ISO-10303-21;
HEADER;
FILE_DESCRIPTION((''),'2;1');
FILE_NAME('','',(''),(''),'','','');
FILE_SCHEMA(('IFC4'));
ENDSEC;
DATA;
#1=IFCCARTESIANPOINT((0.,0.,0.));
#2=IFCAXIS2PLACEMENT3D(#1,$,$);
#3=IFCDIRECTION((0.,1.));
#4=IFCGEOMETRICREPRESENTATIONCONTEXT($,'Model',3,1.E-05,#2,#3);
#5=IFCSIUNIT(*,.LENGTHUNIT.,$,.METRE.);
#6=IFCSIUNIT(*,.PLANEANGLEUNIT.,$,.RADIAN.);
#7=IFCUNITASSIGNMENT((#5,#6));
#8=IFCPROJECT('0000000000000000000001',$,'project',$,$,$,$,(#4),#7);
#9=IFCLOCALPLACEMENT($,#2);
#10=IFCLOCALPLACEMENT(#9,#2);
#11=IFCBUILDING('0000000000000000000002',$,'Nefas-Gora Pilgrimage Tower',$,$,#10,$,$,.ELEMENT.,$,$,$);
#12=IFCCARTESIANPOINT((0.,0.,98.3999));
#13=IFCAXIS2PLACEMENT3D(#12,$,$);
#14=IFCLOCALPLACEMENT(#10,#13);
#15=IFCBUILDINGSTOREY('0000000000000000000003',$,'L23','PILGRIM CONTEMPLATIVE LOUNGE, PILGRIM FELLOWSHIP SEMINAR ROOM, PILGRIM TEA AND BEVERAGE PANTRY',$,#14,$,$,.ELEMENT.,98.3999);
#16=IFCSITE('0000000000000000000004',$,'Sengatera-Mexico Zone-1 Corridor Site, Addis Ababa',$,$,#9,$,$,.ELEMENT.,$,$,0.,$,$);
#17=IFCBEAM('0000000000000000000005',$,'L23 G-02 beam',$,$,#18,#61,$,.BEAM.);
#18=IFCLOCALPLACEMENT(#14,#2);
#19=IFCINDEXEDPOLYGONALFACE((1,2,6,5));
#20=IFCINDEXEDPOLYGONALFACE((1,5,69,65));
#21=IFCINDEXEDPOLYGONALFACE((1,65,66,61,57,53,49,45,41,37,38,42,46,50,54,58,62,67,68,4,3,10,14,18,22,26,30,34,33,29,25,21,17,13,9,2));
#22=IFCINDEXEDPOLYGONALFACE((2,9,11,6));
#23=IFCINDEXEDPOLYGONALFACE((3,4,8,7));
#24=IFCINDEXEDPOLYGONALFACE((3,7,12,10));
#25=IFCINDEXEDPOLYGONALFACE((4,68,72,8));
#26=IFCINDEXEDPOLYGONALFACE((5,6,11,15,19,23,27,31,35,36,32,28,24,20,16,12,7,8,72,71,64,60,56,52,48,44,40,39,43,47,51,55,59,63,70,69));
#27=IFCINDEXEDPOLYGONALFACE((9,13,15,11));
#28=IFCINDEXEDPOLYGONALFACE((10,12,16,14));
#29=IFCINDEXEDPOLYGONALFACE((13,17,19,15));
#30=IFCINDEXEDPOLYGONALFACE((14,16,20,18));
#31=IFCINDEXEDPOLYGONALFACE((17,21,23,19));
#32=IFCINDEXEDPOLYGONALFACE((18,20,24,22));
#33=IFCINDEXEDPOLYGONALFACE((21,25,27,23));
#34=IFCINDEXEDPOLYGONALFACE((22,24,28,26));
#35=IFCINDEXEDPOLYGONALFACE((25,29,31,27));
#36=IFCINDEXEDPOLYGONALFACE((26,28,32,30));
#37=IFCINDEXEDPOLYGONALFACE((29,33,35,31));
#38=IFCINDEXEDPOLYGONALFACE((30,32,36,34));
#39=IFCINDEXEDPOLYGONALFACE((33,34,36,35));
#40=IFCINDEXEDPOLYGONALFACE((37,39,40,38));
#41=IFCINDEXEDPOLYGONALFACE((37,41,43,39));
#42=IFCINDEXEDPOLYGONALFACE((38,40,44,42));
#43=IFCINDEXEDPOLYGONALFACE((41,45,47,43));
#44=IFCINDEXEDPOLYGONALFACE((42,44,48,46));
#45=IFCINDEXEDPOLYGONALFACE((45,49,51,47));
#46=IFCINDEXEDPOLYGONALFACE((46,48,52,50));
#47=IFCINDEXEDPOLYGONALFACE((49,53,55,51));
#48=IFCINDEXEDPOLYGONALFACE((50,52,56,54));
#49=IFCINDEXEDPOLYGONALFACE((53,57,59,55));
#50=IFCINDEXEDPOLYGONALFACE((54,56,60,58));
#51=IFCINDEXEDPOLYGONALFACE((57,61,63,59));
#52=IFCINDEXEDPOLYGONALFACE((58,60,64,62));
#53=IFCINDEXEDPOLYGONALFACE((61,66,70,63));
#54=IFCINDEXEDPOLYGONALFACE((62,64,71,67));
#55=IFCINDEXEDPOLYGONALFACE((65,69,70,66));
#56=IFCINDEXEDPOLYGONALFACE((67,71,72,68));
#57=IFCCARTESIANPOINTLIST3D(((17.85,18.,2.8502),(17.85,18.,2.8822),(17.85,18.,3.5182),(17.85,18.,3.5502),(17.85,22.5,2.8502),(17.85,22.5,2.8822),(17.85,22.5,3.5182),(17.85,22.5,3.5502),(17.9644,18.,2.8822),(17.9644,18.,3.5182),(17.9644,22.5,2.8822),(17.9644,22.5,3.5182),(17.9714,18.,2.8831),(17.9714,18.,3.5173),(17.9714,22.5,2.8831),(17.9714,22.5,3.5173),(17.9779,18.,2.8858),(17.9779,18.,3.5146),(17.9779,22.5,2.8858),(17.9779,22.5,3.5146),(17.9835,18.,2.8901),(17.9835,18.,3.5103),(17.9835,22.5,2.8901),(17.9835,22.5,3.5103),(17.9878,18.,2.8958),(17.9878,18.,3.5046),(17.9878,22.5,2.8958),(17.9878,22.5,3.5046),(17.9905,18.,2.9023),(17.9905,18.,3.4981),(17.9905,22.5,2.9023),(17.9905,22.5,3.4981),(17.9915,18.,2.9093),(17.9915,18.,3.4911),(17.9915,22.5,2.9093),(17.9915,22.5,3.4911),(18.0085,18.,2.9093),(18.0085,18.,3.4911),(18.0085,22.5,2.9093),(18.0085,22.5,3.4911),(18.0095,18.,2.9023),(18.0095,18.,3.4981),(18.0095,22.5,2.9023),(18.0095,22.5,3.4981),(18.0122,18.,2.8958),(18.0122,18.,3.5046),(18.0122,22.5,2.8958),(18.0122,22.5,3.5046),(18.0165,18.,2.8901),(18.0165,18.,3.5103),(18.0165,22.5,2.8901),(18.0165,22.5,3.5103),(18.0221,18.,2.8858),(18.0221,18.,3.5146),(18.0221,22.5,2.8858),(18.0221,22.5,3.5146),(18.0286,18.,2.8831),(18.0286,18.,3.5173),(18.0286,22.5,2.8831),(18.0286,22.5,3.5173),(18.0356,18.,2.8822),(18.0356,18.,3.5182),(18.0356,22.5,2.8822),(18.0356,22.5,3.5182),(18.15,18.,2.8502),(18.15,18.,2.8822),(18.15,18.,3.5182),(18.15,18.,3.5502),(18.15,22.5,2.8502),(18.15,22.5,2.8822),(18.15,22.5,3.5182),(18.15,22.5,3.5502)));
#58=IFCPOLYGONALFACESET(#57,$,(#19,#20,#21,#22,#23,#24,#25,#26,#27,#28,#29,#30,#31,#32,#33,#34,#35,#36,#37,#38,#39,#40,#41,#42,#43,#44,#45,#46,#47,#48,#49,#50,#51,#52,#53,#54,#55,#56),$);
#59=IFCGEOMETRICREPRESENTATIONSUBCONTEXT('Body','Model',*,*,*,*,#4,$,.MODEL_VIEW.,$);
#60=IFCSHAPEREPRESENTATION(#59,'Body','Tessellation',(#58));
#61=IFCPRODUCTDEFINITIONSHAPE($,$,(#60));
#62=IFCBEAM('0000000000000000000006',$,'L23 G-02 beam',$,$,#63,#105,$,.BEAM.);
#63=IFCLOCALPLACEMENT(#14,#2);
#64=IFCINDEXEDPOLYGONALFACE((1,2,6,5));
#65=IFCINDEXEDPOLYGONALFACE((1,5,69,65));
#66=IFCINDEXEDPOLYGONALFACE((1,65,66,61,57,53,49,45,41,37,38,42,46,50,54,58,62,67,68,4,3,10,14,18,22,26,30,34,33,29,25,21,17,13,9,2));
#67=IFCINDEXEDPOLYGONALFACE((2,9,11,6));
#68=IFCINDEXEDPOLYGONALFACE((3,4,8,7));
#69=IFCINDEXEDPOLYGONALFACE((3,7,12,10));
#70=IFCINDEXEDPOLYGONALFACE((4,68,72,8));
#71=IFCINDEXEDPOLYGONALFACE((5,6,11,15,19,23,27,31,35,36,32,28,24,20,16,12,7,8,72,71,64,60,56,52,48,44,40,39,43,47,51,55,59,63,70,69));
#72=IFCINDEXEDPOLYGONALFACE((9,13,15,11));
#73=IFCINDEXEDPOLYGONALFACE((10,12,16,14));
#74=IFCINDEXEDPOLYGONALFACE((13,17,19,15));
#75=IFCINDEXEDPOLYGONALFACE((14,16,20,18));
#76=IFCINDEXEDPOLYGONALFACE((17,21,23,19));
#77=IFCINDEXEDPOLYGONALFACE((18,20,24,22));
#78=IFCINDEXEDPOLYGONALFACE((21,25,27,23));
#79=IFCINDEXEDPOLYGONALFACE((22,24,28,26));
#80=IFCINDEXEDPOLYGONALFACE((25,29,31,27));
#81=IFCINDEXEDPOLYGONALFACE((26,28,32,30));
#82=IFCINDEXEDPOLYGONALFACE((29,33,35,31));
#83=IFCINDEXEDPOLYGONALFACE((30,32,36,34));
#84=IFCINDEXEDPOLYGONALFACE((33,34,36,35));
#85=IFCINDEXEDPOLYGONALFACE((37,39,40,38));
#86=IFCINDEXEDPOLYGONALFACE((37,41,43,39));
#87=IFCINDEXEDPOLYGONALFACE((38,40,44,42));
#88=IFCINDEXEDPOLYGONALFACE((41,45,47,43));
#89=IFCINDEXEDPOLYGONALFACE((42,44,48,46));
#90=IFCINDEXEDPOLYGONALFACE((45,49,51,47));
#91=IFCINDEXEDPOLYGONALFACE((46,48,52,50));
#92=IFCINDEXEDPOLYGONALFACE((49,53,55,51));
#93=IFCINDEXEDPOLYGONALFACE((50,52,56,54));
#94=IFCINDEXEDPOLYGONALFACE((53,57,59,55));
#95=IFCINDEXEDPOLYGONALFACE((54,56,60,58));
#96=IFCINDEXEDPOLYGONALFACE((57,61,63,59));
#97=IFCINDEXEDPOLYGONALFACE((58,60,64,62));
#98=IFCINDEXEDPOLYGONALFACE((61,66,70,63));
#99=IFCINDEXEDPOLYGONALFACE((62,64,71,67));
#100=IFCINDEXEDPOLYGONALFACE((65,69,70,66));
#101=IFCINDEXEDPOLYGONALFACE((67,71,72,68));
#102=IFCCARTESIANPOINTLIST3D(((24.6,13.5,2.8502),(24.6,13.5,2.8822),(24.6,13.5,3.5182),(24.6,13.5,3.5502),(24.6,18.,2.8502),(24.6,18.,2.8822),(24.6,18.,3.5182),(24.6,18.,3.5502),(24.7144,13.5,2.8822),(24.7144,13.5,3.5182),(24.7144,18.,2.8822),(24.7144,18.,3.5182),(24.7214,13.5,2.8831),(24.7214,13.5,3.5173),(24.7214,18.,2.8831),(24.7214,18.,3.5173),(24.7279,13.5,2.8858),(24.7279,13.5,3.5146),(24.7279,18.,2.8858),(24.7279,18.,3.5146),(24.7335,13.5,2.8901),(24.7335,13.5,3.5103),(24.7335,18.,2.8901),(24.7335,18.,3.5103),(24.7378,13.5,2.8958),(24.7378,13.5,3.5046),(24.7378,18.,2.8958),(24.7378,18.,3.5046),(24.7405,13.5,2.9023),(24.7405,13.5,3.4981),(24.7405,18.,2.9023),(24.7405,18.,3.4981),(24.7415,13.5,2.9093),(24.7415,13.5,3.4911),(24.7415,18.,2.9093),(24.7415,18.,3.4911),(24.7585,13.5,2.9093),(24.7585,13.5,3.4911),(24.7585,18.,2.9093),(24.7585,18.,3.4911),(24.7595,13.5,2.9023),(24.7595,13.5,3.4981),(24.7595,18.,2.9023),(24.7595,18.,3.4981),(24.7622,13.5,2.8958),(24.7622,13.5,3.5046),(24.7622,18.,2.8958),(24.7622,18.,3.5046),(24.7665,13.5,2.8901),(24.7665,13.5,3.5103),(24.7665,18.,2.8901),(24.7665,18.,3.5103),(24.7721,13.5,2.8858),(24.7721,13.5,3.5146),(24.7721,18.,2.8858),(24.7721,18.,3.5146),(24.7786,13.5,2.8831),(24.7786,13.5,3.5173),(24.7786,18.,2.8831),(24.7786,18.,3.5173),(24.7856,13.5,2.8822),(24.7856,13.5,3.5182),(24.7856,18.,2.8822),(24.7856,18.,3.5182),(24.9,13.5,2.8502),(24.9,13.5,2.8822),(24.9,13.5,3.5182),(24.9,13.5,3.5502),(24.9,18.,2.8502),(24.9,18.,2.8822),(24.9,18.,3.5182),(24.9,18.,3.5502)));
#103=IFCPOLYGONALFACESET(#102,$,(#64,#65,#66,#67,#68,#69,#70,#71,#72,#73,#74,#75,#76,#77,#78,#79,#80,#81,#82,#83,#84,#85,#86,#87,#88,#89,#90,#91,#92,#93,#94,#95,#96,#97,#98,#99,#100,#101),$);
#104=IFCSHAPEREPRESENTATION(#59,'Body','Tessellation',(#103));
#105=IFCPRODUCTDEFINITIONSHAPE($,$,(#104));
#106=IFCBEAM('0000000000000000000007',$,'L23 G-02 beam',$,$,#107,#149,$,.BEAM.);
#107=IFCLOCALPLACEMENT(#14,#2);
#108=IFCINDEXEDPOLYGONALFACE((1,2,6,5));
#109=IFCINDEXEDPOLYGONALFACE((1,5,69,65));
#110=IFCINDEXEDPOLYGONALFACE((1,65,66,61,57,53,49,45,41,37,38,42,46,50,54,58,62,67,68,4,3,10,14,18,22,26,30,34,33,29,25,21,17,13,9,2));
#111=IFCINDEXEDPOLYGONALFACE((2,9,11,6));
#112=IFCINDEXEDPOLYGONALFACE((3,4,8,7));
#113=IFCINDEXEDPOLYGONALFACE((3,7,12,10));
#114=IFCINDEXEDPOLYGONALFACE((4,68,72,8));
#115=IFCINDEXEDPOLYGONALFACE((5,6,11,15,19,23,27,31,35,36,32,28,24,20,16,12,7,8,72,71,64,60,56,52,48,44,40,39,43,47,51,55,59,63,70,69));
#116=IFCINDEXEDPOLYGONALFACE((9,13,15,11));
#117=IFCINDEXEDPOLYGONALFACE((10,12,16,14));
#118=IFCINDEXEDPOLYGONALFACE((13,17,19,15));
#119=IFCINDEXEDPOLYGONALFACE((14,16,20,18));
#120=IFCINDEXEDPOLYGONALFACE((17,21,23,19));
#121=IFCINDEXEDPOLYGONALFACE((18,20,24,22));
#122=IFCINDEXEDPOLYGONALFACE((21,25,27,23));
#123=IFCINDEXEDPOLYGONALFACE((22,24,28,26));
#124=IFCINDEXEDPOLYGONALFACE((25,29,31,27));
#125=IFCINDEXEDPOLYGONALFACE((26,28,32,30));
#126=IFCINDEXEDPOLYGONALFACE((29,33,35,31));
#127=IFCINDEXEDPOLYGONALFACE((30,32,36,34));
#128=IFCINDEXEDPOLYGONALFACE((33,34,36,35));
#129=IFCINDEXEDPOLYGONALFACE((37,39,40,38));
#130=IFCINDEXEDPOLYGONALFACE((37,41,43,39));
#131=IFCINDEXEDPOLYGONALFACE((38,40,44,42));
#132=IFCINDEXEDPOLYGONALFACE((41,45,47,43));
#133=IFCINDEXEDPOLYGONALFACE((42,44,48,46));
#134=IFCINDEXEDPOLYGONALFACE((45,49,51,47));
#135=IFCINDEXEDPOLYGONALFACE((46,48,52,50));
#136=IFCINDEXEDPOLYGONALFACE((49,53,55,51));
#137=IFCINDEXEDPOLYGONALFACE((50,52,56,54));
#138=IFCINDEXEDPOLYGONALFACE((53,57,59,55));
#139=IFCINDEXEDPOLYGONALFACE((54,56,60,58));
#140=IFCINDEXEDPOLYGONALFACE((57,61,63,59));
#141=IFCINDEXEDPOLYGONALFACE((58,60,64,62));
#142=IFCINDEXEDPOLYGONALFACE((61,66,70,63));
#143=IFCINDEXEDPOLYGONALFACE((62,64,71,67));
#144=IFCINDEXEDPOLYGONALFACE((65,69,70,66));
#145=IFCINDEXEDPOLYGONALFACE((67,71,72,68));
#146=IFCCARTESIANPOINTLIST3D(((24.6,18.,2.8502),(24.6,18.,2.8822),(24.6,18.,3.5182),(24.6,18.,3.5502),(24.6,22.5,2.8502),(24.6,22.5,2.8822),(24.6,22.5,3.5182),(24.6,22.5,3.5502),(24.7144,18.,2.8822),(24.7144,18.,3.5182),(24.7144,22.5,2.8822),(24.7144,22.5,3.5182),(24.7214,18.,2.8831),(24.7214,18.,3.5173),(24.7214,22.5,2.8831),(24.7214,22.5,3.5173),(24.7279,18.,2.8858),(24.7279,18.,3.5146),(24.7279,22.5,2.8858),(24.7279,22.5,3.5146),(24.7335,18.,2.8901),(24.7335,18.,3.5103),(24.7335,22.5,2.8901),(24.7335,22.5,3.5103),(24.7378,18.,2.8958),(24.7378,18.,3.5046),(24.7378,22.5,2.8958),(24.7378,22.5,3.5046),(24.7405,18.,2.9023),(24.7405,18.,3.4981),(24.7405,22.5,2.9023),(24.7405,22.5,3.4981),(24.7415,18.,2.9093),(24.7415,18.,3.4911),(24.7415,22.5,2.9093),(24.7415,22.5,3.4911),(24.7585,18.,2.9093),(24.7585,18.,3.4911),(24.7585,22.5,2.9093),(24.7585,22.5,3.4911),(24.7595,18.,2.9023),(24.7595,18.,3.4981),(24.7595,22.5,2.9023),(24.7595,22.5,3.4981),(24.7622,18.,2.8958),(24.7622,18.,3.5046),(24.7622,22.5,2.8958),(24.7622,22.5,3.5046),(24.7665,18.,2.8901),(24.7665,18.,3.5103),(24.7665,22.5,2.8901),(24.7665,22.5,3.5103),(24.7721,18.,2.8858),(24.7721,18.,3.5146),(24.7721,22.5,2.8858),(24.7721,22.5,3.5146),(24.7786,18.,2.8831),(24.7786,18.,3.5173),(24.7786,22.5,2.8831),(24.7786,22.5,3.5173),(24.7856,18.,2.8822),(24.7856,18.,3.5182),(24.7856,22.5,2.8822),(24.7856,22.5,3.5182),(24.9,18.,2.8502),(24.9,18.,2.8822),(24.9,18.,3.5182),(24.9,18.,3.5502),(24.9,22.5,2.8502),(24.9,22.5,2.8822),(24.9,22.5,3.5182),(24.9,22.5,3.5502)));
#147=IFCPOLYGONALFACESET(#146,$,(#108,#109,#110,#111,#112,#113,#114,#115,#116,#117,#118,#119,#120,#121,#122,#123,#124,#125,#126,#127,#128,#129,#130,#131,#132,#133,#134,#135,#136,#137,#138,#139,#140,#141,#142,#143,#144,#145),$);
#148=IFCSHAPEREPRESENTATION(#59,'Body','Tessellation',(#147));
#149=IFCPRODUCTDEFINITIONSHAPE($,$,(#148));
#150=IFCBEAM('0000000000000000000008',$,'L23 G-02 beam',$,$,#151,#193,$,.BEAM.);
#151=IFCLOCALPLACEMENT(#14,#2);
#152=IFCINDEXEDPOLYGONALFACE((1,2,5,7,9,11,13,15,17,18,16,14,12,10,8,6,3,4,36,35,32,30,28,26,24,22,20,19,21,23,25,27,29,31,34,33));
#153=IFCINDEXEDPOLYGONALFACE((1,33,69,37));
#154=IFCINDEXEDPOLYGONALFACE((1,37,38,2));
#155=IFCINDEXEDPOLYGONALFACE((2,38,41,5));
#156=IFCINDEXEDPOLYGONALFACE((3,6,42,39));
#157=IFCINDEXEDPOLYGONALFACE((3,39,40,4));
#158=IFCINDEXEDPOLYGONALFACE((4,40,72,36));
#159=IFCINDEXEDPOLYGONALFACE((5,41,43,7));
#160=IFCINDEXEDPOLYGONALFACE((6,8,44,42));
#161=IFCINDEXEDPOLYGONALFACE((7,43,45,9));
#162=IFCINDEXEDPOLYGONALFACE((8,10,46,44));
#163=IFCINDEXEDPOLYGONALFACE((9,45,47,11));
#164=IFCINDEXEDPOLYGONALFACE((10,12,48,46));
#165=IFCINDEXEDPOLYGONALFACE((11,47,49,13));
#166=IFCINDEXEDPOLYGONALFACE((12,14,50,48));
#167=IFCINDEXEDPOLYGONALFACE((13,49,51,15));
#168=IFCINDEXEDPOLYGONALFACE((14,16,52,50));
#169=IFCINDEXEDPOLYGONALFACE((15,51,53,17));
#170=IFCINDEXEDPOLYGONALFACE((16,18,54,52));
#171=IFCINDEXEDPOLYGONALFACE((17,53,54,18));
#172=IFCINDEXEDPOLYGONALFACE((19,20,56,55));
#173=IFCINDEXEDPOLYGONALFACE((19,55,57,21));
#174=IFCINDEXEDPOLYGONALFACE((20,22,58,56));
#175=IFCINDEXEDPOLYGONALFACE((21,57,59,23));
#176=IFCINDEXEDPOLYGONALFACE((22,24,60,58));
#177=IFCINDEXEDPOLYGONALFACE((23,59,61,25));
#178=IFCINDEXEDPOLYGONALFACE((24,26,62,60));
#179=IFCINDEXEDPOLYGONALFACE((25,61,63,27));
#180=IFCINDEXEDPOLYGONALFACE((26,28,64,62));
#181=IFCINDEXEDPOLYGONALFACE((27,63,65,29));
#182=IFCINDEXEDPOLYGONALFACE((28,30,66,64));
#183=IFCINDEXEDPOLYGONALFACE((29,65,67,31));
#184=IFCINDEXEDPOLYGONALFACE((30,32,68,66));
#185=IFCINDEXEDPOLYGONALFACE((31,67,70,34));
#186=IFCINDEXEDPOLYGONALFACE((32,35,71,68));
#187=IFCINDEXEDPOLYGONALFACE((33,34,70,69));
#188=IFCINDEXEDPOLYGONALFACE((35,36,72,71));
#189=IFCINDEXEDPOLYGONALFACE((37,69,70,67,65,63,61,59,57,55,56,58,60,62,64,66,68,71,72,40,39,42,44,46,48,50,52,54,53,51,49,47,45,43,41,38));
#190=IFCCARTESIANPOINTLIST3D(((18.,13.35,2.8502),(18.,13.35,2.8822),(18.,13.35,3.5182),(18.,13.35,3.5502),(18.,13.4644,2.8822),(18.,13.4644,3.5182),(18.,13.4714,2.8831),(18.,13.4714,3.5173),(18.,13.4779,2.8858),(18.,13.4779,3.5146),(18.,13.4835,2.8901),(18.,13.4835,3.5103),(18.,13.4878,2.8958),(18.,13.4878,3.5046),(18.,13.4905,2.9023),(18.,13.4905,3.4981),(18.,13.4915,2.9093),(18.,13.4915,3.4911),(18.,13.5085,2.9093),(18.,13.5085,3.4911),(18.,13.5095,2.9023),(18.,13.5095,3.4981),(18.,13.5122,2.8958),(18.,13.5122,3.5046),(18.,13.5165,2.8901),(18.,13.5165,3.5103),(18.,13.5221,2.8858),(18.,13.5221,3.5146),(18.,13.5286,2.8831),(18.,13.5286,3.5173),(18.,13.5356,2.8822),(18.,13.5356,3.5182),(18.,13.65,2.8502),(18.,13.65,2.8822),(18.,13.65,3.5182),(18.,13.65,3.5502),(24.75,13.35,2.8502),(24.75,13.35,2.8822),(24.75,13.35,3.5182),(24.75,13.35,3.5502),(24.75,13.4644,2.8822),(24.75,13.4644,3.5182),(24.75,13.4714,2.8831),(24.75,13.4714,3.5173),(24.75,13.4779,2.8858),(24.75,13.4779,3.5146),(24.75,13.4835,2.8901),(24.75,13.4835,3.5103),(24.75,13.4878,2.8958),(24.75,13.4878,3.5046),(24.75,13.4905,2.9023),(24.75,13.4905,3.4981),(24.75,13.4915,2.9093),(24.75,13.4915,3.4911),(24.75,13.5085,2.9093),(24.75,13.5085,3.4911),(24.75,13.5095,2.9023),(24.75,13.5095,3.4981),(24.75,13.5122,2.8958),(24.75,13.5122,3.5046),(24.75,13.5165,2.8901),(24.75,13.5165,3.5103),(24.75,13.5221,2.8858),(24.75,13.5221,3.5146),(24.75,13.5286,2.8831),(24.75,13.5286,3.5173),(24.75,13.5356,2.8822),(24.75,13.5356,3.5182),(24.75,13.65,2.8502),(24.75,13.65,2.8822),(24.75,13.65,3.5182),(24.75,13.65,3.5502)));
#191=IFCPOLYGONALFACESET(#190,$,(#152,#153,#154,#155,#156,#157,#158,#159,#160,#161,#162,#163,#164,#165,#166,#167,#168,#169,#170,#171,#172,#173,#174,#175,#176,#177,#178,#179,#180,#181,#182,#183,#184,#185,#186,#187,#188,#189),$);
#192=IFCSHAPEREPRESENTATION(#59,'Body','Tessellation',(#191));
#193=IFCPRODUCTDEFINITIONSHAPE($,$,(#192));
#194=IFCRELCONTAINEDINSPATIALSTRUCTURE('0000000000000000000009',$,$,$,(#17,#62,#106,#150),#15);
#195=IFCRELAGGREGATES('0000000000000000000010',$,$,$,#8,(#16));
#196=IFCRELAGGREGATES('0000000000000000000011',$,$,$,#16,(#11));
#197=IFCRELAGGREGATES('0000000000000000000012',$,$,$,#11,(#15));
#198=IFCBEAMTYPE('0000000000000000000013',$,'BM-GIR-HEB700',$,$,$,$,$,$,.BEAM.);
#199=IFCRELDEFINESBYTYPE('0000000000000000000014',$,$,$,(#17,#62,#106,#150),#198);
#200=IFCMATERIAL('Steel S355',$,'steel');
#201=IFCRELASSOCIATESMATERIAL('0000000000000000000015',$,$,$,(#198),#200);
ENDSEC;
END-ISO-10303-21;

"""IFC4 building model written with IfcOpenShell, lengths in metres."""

from ifc_helpers import new_model, si_unit, direction, frame, origin, origin_2d, place, context, subcontext, project, spatial, i_section, extrude, source, transform, mapped, material, material_profile, profile_set, type_object, element, save


model = new_model("IFC4")

# Units and contexts
model_context = context("Model", 3, precision=1e-05, world=origin(), true_north=direction((0.0, 1.0)))
body_context = subcontext(model_context, "Body", "Model", "MODEL_VIEW")
ifc_project = project(units=[si_unit("LENGTHUNIT", "METRE"), si_unit("PLANEANGLEUNIT", "RADIAN")], contexts=[model_context])

# Site, building, storey
site_placement = place(None, origin())
site = spatial("IfcSite", under=ifc_project, at=site_placement, Name="Sengatera-Mexico Zone-1 Corridor Site, Addis Ababa", CompositionType="ELEMENT", RefElevation=0.0)
building_placement = place(site_placement, origin())
building = spatial("IfcBuilding", under=site, at=building_placement, Name="Nefas-Gora Pilgrimage Tower", CompositionType="ELEMENT")
storey_placement = place(building_placement, frame((0.0, 0.0, 98.3999)))
storey = spatial("IfcBuildingStorey", under=building, at=storey_placement, Name="L23", Description="PILGRIM CONTEMPLATIVE LOUNGE, PILGRIM FELLOWSHIP SEMINAR ROOM, PILGRIM TEA AND BEVERAGE PANTRY", CompositionType="ELEMENT", Elevation=98.3999)

# Beams
ifc_material_1 = material(Name="Steel S355", Category="steel")
ifc_material_profile_1 = material_profile(ifc_material_1, i_section(OverallWidth=0.3, OverallDepth=0.7, WebThickness=0.0171, FlangeThickness=0.032, FilletRadius=0.0271, at=origin_2d()), Name="HEB 700")
ifc_profile_set_1 = profile_set([ifc_material_profile_1], Name="Steel S355")
beam_type_1 = type_object("IfcBeamType", Name="BM-GIR-HEB700", PredefinedType="BEAM", material=ifc_profile_set_1)
shared_shape_1 = source(origin(), body_context, "Body", "SweptSolid", [
    extrude(i_section(OverallWidth=0.3, OverallDepth=0.7, WebThickness=0.0171, FlangeThickness=0.032, FilletRadius=0.0271, at=origin_2d()), origin(), (0.0, 0.0, 1.0), 4.5),
])
for number, where, z_axis, x_axis, name in (
    (1, (18.0, 18.0, 3.2002), (0.0, 1.0, 0.0), (-1.0, 0.0, 0.0), "L23 G-02 beam"),
    (2, (24.75, 13.5, 3.2002), (0.0, 1.0, 0.0), (-1.0, 0.0, 0.0), "L23 G-02 beam"),
    (3, (24.75, 18.0, 3.2002), (0.0, 1.0, 0.0), (-1.0, 0.0, 0.0), "L23 G-02 beam"),
):
    element("IfcBeam", number, at=place(storey_placement, frame(where, z_axis=z_axis, x_axis=x_axis)), inside=storey, type_object=beam_type_1, Name=name, PredefinedType="BEAM", context=body_context, shape_type="MappedRepresentation", body=[
        mapped(shared_shape_1, transform((0.0, 0.0, 0.0), x_axis=(1.0, 0.0, 0.0), y_axis=(0.0, 1.0, 0.0), z_axis=(0.0, 0.0, 1.0), scale=1.0)),
    ])
shared_shape_2 = source(origin(), body_context, "Body", "SweptSolid", [
    extrude(i_section(OverallWidth=0.3, OverallDepth=0.7, WebThickness=0.0171, FlangeThickness=0.032, FilletRadius=0.0271, at=origin_2d()), origin(), (0.0, 0.0, 1.0), 6.75),
])
for number, where, z_axis, x_axis, name in (
    (4, (18.0, 13.5, 3.2002), (1.0, 0.0, 0.0), (0.0, 1.0, 0.0), "L23 G-02 beam"),
):
    element("IfcBeam", number, at=place(storey_placement, frame(where, z_axis=z_axis, x_axis=x_axis)), inside=storey, type_object=beam_type_1, Name=name, PredefinedType="BEAM", context=body_context, shape_type="MappedRepresentation", body=[
        mapped(shared_shape_2, transform((0.0, 0.0, 0.0), x_axis=(1.0, 0.0, 0.0), y_axis=(0.0, 1.0, 0.0), z_axis=(0.0, 0.0, 1.0), scale=1.0)),
    ])

save(model, "model.ifc")
